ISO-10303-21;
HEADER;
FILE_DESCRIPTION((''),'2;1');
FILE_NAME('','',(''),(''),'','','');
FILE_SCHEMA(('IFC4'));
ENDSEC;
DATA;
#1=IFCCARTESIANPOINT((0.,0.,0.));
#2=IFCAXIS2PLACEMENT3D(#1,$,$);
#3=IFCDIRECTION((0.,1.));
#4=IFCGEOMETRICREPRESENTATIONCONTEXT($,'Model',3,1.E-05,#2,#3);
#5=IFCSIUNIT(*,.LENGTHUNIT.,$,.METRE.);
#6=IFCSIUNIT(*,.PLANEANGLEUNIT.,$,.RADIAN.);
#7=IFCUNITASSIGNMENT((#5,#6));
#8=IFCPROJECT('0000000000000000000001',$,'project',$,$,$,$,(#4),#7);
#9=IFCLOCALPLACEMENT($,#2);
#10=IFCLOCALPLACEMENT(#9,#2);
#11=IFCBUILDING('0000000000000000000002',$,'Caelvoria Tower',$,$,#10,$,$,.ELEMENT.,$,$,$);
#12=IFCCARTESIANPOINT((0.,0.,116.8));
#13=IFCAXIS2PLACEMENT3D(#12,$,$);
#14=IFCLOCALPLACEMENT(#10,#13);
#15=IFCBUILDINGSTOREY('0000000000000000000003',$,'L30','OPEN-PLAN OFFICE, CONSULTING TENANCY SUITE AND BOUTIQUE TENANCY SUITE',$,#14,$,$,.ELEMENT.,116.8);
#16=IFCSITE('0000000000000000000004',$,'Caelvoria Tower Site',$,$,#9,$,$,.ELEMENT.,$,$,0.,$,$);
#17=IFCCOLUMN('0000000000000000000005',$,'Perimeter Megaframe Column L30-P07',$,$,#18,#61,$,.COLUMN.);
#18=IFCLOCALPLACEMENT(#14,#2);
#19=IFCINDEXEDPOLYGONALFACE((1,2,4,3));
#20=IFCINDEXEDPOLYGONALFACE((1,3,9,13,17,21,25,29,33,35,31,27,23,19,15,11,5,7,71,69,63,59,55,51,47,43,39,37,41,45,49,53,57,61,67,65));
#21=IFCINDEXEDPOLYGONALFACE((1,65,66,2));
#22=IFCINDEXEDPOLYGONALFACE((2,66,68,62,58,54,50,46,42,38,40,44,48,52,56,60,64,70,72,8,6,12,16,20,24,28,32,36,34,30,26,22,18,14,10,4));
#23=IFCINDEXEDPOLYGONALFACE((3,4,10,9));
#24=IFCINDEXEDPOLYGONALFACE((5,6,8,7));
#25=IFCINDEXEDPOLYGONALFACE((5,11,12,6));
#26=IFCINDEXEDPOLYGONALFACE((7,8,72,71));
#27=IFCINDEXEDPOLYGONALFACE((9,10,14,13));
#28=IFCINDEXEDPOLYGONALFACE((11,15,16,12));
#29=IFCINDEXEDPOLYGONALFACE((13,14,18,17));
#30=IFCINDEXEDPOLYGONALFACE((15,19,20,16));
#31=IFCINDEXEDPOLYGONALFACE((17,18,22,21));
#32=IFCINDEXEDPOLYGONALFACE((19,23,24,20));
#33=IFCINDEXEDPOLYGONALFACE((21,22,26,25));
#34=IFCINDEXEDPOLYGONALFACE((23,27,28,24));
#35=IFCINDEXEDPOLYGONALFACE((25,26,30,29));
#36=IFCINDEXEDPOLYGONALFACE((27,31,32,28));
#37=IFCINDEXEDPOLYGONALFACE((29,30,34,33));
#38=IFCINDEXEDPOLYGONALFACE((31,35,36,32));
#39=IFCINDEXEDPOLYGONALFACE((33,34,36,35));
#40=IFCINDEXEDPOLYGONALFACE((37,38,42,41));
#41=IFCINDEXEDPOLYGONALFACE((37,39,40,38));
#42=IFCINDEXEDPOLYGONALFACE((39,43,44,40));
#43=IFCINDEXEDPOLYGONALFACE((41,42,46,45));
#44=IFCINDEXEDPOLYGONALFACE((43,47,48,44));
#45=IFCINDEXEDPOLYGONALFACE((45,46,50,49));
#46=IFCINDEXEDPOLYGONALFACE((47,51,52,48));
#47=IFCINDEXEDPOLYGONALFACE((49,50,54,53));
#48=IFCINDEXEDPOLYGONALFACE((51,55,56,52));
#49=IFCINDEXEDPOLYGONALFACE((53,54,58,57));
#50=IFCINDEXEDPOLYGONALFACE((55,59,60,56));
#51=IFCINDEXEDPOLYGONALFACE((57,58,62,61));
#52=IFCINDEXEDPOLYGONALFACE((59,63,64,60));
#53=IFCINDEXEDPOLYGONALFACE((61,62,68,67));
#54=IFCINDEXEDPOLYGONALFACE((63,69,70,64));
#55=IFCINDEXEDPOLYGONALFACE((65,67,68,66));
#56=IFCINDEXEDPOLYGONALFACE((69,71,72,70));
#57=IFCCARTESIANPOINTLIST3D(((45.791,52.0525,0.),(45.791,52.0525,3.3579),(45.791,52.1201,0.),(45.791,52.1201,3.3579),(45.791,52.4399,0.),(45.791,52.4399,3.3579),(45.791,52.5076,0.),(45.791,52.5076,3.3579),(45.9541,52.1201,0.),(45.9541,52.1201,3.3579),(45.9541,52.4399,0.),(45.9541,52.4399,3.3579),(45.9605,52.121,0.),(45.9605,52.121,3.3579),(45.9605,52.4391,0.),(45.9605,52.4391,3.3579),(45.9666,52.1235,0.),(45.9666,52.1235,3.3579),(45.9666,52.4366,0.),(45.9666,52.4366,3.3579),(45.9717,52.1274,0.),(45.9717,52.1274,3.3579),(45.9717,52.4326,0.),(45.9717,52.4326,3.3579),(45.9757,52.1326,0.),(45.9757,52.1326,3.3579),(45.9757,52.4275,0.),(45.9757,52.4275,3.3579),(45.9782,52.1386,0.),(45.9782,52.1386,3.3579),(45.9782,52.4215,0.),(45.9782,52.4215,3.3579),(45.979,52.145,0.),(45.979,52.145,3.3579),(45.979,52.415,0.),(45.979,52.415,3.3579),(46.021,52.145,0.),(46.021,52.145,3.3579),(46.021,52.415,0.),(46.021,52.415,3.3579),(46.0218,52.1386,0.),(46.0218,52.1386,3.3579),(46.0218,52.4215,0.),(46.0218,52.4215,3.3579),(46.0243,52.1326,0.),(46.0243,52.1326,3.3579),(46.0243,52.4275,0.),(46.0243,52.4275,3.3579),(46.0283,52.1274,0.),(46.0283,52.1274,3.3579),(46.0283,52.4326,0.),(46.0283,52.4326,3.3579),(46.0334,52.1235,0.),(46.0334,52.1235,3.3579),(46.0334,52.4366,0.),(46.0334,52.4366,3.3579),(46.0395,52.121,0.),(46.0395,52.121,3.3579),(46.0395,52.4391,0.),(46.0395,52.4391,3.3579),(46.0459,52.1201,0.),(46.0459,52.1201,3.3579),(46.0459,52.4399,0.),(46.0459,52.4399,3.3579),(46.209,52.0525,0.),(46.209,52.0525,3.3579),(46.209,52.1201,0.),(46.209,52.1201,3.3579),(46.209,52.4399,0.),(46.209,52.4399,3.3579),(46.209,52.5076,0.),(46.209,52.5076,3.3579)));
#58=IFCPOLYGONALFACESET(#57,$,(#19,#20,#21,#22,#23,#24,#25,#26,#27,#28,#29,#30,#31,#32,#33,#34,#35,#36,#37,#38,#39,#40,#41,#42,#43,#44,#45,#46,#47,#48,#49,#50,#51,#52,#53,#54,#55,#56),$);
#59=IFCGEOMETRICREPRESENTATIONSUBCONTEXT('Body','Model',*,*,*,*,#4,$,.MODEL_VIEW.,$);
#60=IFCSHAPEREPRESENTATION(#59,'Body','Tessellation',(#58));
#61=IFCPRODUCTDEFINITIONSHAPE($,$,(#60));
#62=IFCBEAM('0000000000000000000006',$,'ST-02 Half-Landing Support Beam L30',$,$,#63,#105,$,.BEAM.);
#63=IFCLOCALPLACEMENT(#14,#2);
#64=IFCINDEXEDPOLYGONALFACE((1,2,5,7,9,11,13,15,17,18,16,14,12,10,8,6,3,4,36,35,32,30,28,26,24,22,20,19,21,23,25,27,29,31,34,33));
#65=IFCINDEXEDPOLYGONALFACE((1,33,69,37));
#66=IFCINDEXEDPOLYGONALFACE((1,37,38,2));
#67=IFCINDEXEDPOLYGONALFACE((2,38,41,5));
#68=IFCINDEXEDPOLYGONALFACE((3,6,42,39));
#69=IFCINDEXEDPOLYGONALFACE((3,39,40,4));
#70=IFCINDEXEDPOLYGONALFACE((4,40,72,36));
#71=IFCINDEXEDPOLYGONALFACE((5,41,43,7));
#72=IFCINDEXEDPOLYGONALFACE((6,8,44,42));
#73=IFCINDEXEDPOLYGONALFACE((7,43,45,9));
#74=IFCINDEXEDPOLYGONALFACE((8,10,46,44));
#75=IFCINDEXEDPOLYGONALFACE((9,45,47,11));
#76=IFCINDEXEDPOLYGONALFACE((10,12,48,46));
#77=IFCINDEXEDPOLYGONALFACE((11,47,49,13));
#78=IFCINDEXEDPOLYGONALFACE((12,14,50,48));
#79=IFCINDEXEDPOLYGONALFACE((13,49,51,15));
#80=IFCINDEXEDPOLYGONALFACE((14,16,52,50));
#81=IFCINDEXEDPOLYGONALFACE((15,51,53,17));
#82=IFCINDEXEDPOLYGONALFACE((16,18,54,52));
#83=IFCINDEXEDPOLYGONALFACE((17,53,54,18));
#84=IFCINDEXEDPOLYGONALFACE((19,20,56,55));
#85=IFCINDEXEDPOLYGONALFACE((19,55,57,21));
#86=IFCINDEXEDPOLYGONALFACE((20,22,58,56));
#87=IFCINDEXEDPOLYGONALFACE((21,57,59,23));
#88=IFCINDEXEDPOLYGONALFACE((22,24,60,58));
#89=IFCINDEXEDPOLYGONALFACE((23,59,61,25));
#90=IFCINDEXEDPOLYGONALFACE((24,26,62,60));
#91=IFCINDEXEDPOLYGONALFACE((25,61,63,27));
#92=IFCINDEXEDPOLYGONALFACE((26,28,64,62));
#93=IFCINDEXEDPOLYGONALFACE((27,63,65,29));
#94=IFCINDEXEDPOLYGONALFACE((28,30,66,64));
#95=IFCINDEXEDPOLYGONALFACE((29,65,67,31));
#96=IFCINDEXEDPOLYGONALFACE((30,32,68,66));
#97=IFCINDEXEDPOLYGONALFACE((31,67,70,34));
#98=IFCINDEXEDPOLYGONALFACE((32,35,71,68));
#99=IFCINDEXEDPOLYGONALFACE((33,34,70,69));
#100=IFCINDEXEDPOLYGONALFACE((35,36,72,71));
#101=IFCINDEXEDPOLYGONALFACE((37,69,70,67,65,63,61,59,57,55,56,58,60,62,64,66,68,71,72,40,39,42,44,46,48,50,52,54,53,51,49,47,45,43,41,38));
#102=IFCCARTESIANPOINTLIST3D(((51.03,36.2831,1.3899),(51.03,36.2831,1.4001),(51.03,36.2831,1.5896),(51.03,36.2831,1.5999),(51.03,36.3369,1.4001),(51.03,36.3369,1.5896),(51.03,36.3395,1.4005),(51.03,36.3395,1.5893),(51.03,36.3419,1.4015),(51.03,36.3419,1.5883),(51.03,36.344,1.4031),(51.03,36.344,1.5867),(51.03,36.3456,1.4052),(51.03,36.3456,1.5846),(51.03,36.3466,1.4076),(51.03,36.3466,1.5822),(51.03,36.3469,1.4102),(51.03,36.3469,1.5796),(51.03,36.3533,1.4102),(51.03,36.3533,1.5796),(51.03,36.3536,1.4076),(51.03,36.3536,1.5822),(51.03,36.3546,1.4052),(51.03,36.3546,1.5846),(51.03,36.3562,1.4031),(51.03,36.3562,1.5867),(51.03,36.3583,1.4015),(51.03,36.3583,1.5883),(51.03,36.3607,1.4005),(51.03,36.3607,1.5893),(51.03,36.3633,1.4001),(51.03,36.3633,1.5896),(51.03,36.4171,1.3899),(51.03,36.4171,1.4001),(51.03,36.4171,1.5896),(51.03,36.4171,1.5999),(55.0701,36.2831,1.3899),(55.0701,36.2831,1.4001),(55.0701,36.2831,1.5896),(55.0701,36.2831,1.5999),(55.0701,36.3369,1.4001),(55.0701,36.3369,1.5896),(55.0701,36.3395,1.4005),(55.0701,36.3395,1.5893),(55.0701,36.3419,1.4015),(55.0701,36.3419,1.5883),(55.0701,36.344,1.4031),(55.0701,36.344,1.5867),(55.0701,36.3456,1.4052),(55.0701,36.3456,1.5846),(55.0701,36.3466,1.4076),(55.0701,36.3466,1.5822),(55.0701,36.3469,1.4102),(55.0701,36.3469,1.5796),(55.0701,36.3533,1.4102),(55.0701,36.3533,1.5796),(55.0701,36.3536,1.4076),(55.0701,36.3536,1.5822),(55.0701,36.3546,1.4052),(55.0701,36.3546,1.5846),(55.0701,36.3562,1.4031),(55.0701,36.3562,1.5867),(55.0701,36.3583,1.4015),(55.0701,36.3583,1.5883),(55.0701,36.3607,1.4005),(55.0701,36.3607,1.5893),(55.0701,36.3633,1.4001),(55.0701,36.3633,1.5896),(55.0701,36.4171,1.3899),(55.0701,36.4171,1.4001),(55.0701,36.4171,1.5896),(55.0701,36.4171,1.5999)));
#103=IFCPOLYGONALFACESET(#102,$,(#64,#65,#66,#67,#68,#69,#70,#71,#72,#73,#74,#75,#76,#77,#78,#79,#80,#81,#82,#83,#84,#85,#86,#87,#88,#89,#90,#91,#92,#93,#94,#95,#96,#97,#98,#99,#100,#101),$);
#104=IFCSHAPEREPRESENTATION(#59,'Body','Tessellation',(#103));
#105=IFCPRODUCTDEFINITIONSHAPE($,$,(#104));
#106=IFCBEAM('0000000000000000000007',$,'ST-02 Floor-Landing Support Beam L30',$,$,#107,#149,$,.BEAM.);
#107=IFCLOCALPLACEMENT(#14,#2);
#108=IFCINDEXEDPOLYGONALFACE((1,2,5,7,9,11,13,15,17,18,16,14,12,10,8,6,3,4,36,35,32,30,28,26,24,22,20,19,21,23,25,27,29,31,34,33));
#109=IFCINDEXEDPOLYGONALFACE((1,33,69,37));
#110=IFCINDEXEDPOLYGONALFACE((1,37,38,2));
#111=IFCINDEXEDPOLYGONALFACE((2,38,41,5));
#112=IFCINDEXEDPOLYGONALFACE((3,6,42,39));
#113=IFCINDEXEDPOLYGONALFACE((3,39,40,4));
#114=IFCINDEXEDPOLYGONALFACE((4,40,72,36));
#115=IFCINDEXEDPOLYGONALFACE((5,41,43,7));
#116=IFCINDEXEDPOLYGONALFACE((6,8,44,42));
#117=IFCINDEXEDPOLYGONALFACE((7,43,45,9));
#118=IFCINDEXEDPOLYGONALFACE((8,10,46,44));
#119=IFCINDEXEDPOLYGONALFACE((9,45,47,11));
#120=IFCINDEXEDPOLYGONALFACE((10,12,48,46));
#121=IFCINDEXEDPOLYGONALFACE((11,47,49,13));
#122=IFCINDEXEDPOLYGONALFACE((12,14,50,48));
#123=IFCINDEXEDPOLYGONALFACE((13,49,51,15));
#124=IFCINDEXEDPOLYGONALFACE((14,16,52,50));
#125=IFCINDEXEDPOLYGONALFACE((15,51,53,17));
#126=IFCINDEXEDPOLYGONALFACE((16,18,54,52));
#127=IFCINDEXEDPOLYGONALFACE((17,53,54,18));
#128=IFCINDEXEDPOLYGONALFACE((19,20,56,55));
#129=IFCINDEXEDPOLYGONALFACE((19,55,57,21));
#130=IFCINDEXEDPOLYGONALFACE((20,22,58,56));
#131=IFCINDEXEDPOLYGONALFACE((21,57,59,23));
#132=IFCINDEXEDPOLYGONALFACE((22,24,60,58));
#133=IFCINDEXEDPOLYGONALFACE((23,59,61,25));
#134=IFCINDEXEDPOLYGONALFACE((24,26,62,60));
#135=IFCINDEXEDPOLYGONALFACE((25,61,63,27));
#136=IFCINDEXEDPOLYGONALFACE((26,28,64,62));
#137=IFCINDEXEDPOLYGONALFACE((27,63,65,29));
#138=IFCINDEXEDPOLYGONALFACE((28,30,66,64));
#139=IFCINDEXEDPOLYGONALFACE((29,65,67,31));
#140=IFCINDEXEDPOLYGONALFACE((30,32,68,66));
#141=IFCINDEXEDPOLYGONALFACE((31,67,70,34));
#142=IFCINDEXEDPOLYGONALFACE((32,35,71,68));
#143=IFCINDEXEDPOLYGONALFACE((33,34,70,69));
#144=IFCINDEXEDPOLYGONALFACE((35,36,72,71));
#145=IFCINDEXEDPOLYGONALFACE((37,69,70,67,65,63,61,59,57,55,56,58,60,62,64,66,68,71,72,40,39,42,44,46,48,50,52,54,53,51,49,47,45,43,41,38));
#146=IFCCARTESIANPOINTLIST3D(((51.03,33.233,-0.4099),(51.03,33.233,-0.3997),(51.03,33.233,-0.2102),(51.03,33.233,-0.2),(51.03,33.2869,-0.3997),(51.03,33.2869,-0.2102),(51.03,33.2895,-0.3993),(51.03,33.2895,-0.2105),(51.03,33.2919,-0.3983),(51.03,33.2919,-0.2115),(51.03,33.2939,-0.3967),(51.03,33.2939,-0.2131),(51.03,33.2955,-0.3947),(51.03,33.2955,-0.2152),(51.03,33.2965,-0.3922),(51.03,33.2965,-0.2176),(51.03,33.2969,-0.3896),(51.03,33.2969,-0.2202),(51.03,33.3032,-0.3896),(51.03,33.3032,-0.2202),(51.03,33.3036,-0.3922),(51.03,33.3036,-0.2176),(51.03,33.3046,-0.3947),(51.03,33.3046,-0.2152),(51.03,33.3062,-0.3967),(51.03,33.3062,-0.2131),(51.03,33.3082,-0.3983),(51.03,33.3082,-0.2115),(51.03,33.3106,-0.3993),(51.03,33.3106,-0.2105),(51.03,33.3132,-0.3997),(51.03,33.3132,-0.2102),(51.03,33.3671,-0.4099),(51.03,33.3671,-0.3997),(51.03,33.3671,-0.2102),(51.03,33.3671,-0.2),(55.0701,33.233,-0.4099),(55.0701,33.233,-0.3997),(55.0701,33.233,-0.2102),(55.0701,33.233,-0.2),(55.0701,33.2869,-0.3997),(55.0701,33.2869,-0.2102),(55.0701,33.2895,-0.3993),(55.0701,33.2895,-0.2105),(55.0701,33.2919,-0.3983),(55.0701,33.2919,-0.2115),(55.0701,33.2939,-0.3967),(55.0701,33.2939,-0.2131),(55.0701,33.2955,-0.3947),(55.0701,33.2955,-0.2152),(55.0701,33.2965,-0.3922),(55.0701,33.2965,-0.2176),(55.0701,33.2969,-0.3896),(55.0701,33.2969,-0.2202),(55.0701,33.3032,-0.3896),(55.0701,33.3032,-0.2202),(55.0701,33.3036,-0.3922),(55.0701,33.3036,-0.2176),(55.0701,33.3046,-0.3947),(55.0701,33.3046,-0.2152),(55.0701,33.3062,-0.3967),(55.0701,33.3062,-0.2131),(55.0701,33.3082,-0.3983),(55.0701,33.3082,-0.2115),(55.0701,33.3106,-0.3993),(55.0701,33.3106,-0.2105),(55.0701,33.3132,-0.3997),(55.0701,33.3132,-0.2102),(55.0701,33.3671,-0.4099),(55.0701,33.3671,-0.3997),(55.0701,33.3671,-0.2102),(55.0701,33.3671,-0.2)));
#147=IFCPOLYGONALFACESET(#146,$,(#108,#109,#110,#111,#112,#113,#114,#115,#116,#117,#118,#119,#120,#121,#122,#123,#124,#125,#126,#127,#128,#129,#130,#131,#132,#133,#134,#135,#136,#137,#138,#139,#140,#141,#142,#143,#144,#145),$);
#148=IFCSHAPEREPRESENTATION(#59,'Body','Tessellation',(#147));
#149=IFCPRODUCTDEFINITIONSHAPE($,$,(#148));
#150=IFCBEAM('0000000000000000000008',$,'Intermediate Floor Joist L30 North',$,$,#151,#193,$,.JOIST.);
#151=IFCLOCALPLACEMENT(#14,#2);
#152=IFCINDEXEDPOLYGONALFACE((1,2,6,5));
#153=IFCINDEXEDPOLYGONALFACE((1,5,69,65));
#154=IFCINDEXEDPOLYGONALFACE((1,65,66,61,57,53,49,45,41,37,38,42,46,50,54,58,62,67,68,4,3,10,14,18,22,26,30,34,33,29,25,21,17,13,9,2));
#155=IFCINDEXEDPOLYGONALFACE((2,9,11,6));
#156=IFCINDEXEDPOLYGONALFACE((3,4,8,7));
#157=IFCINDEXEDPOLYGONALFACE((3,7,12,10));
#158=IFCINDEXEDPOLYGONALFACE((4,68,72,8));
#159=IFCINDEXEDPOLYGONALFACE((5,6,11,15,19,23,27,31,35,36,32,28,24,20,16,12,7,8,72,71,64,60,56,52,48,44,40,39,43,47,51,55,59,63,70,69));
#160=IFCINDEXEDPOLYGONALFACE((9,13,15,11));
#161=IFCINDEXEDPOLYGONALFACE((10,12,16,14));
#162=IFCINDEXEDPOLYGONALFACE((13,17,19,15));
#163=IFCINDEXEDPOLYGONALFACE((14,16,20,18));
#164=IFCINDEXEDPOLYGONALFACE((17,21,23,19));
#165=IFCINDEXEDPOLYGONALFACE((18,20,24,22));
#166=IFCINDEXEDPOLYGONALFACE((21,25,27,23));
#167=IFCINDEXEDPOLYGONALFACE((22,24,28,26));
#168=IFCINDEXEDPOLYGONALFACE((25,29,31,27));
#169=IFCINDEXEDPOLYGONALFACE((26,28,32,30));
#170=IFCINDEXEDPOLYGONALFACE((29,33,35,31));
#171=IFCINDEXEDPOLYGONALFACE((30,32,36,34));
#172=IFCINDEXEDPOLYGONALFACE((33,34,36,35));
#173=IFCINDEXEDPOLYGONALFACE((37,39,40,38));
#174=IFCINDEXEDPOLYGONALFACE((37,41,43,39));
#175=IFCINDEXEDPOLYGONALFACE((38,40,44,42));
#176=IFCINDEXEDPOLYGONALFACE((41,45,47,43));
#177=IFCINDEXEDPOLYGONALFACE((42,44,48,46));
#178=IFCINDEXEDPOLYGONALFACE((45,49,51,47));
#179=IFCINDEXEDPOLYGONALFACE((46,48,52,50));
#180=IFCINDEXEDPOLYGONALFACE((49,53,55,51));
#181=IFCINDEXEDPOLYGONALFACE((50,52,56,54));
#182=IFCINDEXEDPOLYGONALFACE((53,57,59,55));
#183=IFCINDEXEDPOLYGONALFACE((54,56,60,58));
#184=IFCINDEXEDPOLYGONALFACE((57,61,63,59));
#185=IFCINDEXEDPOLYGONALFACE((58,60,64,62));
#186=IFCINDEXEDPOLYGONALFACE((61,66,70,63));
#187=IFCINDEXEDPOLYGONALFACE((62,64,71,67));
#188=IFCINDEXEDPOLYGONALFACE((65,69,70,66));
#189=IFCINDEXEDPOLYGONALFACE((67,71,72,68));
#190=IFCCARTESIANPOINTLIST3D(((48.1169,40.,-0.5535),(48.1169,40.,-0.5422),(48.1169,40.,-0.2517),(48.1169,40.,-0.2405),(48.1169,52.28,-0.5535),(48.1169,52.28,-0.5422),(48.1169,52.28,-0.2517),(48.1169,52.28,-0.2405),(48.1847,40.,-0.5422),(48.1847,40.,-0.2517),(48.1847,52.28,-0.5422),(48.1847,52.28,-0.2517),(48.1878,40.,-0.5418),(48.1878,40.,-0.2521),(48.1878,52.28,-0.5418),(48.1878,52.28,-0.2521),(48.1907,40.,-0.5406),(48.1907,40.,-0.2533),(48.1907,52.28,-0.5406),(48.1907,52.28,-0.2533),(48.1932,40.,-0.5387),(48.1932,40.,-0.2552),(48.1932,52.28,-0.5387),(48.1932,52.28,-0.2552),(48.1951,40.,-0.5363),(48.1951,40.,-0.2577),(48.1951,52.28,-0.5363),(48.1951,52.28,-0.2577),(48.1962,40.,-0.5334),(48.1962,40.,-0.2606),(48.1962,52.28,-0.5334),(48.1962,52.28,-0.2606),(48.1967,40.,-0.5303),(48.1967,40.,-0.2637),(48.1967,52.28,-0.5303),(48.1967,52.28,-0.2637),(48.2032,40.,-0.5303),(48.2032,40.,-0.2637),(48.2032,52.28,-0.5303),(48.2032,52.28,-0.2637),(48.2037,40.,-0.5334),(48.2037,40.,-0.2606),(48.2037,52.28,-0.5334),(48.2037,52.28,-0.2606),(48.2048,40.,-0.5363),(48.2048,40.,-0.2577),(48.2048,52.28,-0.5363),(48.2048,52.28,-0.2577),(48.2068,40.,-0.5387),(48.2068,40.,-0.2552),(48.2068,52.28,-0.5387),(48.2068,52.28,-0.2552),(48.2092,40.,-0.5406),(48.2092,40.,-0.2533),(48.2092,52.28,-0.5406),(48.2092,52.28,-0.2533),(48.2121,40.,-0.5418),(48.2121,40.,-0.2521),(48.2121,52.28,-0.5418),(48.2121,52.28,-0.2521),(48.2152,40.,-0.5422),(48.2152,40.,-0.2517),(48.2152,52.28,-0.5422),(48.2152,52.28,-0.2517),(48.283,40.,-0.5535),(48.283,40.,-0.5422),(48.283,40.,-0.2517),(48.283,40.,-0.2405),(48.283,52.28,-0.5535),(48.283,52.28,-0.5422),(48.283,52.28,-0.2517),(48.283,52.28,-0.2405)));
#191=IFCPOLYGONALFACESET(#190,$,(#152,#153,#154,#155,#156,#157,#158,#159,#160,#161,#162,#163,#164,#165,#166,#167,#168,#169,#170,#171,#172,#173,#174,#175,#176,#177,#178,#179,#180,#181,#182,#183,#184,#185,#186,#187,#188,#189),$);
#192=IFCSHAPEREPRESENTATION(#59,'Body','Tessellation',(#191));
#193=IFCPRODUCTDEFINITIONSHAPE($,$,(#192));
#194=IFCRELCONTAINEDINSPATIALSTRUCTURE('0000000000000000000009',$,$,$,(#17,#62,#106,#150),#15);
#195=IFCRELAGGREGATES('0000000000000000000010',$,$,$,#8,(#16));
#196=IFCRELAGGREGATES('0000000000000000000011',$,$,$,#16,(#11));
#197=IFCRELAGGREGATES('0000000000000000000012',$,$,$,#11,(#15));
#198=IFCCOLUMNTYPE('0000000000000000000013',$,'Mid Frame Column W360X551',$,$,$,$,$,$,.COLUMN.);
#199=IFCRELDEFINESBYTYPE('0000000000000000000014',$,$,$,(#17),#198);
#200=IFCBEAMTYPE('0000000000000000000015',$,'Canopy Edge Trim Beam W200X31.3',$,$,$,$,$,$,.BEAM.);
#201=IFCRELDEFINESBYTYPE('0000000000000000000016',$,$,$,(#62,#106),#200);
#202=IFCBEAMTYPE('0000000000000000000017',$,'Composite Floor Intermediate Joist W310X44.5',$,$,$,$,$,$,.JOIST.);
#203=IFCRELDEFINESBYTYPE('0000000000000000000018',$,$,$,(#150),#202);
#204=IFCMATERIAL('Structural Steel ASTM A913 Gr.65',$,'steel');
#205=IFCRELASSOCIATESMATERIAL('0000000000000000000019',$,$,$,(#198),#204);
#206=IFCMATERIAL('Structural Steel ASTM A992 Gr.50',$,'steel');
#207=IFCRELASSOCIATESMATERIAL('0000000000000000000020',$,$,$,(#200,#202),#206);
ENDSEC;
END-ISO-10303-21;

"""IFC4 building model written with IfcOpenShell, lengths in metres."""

from ifc_helpers import new_model, si_unit, direction, frame, origin, origin_2d, place, context, subcontext, project, spatial, i_section, extrude, material, material_profile, profile_set, type_object, element, save


model = new_model("IFC4")

# Units and contexts
model_context = context("Model", 3, precision=1e-05, world=origin(), true_north=direction((0.0, 1.0)))
body_context = subcontext(model_context, "Body", "Model", "MODEL_VIEW")
ifc_project = project(units=[si_unit("LENGTHUNIT", "METRE"), si_unit("PLANEANGLEUNIT", "RADIAN")], contexts=[model_context])

# Site, building, storey
site_placement = place(None, origin())
site = spatial("IfcSite", under=ifc_project, at=site_placement, Name="Caelvoria Tower Site", CompositionType="ELEMENT", RefElevation=0.0)
building_placement = place(site_placement, origin())
building = spatial("IfcBuilding", under=site, at=building_placement, Name="Caelvoria Tower", CompositionType="ELEMENT")
storey_placement = place(building_placement, frame((0.0, 0.0, 116.8)))
storey = spatial("IfcBuildingStorey", under=building, at=storey_placement, Name="L30", Description="OPEN-PLAN OFFICE, CONSULTING TENANCY SUITE AND BOUTIQUE TENANCY SUITE", CompositionType="ELEMENT", Elevation=116.8)

# Column
ifc_material_1 = material(Name="Structural Steel ASTM A913 Gr.65", Category="steel")
ifc_material_profile_1 = material_profile(ifc_material_1, i_section(OverallWidth=0.418, OverallDepth=0.4551, WebThickness=0.042, FlangeThickness=0.0676, FilletRadius=0.0249, at=origin_2d()), Name="Structural Steel ASTM A913 Gr.65")
ifc_profile_set_1 = profile_set([ifc_material_profile_1], Name="W360X551 - Structural Steel ASTM A913 Gr.65")
column_type = type_object("IfcColumnType", Name="Mid Frame Column W360X551", PredefinedType="COLUMN", material=ifc_profile_set_1)
column_placement = place(storey_placement, frame((46.0, 52.28, 0.0), z_axis=(0.0, 0.0, 1.0), x_axis=(1.0, 0.0, 0.0)))
element("IfcColumn", 1, at=column_placement, inside=storey, type_object=column_type, Name="Perimeter Megaframe Column L30-P07", PredefinedType="COLUMN", context=body_context, shape_type="SweptSolid", body=[
    extrude(i_section(OverallWidth=0.418, OverallDepth=0.4551, WebThickness=0.042, FlangeThickness=0.0676, FilletRadius=0.0249, at=origin_2d()), origin(), (0.0, 0.0, 1.0), 3.3579),
])

# Beams
ifc_material_2 = material(Name="Structural Steel ASTM A992 Gr.50", Category="steel")
ifc_material_profile_2 = material_profile(ifc_material_2, i_section(OverallWidth=0.134, OverallDepth=0.21, WebThickness=0.0063, FlangeThickness=0.0103, FilletRadius=0.01, at=origin_2d()), Name="Structural Steel ASTM A992 Gr.50")
ifc_profile_set_2 = profile_set([ifc_material_profile_2], Name="W200X31.3 - Structural Steel ASTM A992 Gr.50")
beam_type_1 = type_object("IfcBeamType", Name="Canopy Edge Trim Beam W200X31.3", PredefinedType="BEAM", material=ifc_profile_set_2)
for number, where, z_axis, x_axis, name in (
    (2, (51.03, 36.3501, 1.4949), (1.0, 0.0, 0.0), (0.0, 1.0, 0.0), "ST-02 Half-Landing Support Beam L30"),
    (3, (51.03, 33.3, -0.3049), (1.0, 0.0, 0.0), (0.0, 1.0, 0.0), "ST-02 Floor-Landing Support Beam L30"),
):
    element("IfcBeam", number, at=place(storey_placement, frame(where, z_axis=z_axis, x_axis=x_axis)), inside=storey, type_object=beam_type_1, Name=name, PredefinedType="BEAM", context=body_context, shape_type="SweptSolid", body=[
        extrude(i_section(OverallWidth=0.134, OverallDepth=0.21, WebThickness=0.0063, FlangeThickness=0.0103, FilletRadius=0.01, at=origin_2d()), origin(), (0.0, 0.0, 1.0), 4.04),
    ])
ifc_material_profile_3 = material_profile(ifc_material_2, i_section(OverallWidth=0.166, OverallDepth=0.313, WebThickness=0.0066, FlangeThickness=0.0112, FilletRadius=0.012, at=origin_2d()), Name="Structural Steel ASTM A992 Gr.50")
ifc_profile_set_3 = profile_set([ifc_material_profile_3], Name="W310X44.5 - Structural Steel ASTM A992 Gr.50")
beam_type_2 = type_object("IfcBeamType", Name="Composite Floor Intermediate Joist W310X44.5", PredefinedType="JOIST", material=ifc_profile_set_3)
beam_1_placement = place(storey_placement, frame((48.2, 40.0, -0.397), z_axis=(0.0, 1.0, 0.0), x_axis=(-1.0, 0.0, 0.0)))
element("IfcBeam", 4, at=beam_1_placement, inside=storey, type_object=beam_type_2, Name="Intermediate Floor Joist L30 North", PredefinedType="JOIST", context=body_context, shape_type="SweptSolid", body=[
    extrude(i_section(OverallWidth=0.166, OverallDepth=0.313, WebThickness=0.0066, FlangeThickness=0.0112, FilletRadius=0.012, at=origin_2d()), origin(), (0.0, 0.0, 1.0), 12.28),
])

save(model, "model.ifc")
